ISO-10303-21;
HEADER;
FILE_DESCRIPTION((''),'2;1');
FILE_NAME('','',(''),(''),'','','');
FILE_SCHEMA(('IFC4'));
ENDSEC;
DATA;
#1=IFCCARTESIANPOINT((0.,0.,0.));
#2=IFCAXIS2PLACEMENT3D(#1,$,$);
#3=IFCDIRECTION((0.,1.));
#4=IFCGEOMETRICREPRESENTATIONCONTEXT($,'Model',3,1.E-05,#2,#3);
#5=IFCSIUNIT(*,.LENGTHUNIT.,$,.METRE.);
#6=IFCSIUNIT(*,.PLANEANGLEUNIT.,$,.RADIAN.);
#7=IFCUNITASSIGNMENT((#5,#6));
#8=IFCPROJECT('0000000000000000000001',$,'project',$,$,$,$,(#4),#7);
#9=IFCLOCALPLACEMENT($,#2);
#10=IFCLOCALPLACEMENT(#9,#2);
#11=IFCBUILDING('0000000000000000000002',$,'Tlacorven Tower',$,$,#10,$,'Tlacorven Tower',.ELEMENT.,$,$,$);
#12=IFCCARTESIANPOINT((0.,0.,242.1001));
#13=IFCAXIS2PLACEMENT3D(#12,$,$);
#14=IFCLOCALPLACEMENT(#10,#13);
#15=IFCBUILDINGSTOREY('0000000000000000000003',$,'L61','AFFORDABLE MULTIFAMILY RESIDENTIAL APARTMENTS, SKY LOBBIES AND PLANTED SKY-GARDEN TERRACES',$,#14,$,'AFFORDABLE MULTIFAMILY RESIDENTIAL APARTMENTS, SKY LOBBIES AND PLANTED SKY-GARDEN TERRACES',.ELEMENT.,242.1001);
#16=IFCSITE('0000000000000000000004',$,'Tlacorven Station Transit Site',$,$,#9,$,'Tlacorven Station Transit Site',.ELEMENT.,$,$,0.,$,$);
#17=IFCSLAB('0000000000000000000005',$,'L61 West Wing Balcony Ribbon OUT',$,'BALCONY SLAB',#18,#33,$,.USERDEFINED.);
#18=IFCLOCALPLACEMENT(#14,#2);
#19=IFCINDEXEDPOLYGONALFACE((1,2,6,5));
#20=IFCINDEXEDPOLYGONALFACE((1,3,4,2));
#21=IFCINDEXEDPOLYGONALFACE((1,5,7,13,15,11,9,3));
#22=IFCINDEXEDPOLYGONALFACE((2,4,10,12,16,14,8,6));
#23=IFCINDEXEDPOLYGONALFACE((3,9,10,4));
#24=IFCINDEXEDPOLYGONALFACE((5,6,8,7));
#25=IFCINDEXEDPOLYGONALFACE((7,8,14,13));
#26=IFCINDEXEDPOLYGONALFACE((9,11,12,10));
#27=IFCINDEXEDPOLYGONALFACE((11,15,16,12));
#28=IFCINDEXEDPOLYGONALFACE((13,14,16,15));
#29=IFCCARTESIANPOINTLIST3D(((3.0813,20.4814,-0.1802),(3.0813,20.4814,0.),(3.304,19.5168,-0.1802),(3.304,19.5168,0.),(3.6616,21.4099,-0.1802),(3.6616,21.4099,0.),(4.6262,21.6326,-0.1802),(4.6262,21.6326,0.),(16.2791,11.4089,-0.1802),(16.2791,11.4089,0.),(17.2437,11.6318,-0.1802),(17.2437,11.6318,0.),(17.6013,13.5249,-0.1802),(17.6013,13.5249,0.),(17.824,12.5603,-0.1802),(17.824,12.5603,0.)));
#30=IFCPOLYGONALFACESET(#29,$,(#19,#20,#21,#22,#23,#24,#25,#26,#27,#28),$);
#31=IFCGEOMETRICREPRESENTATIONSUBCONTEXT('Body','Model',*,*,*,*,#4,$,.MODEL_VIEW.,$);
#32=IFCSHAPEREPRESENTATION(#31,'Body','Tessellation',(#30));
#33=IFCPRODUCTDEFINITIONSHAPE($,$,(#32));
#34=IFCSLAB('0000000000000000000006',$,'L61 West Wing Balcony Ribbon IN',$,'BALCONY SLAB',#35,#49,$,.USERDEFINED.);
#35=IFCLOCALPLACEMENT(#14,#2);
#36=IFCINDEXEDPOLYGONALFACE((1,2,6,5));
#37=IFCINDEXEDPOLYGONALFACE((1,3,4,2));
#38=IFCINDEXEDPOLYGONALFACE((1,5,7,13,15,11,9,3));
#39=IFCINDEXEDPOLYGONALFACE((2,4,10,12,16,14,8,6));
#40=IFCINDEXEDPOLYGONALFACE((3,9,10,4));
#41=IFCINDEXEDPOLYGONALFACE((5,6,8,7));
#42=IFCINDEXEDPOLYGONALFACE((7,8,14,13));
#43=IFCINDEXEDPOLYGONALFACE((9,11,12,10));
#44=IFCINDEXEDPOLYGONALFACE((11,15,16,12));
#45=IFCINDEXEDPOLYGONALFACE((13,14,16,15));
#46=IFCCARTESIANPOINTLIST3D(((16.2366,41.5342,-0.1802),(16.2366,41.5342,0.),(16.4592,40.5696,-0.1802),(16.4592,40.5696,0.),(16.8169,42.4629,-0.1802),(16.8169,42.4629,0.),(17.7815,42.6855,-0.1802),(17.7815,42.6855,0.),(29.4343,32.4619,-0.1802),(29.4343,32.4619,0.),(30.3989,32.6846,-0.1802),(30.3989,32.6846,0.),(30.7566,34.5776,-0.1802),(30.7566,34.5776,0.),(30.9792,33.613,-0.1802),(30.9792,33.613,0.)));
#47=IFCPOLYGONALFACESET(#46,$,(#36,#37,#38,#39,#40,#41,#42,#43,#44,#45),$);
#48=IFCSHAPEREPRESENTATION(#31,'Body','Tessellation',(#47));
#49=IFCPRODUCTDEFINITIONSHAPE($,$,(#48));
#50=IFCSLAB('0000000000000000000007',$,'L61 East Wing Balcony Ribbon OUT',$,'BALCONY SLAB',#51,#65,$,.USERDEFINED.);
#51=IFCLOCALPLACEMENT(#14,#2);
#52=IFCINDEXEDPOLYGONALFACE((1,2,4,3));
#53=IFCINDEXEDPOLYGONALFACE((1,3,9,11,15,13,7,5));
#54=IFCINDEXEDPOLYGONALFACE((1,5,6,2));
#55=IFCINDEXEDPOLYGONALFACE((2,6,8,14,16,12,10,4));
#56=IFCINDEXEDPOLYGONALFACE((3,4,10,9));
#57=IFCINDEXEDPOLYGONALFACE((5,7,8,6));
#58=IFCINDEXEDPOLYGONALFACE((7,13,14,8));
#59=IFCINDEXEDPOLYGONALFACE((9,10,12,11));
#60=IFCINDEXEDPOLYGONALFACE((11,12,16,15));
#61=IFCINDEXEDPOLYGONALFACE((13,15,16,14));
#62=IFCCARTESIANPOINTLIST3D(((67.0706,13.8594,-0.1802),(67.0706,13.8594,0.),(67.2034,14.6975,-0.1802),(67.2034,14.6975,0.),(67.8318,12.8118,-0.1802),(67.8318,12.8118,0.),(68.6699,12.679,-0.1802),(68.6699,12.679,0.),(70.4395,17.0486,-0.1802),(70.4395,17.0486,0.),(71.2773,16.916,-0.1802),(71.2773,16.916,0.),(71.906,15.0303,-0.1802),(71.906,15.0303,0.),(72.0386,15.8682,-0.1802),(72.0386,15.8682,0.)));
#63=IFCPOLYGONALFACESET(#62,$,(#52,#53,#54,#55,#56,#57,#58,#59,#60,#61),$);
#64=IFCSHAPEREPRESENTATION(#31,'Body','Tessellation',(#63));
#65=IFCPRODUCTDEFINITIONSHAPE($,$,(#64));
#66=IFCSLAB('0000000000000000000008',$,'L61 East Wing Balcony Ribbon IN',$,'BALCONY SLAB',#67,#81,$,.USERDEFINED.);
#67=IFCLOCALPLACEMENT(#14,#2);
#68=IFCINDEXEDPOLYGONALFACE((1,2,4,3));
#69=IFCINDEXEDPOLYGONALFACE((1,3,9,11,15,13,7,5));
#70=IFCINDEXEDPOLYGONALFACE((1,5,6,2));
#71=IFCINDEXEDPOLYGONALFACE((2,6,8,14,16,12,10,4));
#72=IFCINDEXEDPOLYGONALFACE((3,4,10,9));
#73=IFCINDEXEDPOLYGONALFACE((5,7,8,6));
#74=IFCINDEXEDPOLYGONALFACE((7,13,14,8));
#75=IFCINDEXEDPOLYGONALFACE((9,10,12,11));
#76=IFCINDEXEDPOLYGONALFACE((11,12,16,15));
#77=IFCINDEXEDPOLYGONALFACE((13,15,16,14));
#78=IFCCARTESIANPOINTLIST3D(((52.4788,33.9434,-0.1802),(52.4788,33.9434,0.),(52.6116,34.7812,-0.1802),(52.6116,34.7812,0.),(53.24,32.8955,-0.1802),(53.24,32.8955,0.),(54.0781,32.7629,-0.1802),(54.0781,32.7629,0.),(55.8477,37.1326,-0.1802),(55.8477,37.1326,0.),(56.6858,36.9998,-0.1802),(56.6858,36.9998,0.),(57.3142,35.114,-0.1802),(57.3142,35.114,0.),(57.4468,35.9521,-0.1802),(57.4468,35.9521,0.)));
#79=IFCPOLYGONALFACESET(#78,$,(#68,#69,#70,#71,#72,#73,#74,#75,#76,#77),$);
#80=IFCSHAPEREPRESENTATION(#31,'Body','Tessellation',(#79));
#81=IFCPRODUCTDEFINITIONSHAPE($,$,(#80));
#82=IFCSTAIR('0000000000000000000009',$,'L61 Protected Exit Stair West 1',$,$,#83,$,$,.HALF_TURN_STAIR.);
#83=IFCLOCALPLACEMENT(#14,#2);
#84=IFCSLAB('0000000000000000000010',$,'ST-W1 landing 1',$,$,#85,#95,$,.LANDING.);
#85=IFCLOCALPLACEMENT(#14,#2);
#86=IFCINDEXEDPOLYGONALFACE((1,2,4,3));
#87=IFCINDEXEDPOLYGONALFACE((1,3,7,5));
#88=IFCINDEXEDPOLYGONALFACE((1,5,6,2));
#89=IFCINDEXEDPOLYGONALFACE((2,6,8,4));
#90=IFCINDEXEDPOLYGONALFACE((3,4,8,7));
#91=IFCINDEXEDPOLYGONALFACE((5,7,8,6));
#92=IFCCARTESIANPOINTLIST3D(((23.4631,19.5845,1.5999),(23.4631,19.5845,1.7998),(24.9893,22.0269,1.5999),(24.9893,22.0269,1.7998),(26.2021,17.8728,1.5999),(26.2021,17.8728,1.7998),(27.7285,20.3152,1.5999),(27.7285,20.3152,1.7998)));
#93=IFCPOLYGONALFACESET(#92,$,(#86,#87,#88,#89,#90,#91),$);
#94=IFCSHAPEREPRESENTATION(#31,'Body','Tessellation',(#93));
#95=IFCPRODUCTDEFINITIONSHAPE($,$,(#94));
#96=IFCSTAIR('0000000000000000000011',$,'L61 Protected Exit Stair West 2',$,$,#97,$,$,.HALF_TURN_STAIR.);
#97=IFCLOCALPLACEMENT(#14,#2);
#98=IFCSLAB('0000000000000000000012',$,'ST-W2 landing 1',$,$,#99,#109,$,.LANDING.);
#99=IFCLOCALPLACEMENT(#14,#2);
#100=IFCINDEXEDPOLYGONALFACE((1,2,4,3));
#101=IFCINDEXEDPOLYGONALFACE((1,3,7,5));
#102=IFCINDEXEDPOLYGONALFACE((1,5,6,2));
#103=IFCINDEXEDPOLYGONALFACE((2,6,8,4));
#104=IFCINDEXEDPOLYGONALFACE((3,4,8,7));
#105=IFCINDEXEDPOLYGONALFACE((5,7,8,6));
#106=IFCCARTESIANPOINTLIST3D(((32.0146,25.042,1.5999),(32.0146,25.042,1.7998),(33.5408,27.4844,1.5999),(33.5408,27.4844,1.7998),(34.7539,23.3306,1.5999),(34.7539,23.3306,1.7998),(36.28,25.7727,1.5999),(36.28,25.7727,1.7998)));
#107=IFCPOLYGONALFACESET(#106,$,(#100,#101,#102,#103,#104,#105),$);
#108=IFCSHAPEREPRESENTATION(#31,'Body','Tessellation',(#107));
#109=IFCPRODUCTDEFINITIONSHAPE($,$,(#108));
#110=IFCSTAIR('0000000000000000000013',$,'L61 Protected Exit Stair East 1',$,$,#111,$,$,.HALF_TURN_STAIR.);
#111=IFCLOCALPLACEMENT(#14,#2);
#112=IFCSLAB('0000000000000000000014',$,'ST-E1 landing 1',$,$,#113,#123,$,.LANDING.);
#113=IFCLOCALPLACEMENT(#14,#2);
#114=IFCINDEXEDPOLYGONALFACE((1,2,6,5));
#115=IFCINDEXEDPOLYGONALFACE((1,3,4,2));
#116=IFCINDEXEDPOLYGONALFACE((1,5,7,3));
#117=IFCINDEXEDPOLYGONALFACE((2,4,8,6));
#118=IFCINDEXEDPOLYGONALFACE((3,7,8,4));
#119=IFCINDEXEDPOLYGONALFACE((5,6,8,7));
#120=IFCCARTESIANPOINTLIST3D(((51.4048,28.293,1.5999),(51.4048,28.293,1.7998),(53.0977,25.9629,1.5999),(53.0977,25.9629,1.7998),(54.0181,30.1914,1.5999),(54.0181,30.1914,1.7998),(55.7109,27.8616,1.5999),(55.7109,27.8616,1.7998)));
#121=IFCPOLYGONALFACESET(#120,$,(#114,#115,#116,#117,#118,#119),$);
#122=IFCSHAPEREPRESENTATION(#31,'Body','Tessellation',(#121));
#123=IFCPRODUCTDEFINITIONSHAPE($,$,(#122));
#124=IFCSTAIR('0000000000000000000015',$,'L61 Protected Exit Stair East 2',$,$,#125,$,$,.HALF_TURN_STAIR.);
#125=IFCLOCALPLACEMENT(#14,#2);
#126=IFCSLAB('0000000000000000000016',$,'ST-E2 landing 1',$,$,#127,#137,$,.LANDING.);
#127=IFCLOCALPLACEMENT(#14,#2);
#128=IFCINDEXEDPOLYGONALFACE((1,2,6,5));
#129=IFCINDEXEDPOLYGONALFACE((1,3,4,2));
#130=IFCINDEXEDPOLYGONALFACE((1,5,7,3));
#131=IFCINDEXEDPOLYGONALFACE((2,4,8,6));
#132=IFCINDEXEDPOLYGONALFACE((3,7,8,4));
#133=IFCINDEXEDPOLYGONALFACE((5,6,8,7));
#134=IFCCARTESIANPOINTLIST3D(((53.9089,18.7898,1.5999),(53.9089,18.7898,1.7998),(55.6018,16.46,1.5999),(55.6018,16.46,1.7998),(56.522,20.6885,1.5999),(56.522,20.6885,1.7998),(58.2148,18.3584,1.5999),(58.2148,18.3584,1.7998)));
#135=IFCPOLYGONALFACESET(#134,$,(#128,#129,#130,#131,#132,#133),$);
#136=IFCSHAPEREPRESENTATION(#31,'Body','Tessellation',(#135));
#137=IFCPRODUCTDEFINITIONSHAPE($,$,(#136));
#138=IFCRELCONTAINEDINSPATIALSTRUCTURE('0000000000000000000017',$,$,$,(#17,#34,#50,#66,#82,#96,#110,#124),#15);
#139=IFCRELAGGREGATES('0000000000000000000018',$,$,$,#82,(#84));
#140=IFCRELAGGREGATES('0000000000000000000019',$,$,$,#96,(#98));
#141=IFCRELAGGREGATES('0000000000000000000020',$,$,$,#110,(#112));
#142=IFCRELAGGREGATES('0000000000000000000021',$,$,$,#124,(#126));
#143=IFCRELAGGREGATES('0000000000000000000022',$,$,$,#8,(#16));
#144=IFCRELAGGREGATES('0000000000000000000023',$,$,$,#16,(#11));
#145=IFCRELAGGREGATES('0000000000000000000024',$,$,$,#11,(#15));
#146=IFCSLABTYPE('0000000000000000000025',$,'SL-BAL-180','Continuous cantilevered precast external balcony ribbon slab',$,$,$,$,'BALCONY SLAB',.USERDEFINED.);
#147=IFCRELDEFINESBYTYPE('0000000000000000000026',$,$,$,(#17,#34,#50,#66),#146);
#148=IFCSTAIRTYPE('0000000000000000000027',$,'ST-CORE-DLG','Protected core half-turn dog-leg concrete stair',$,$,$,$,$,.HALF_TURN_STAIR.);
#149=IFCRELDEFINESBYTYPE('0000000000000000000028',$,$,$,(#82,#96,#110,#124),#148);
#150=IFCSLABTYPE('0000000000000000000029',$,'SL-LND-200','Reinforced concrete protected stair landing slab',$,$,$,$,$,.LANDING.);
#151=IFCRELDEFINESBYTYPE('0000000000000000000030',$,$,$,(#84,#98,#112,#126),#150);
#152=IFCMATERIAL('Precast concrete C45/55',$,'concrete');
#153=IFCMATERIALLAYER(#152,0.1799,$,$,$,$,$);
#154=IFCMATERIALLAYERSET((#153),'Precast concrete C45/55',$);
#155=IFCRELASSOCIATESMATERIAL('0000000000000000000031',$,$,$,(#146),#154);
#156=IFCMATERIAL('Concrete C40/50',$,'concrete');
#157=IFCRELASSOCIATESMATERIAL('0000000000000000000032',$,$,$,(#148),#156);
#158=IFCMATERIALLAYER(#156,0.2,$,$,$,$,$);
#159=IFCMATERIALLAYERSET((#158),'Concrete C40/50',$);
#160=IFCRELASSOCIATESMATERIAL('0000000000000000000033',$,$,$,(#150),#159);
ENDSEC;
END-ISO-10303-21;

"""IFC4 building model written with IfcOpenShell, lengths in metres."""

from ifc_helpers import new_model, si_unit, direction, frame, origin, place, context, subcontext, project, spatial, polyline, outline, extrude, material, layer, layer_set, type_object, element, aggregate, save


model = new_model("IFC4")

# Units and contexts
model_context = context("Model", 3, precision=1e-05, world=origin(), true_north=direction((0.0, 1.0)))
body_context = subcontext(model_context, "Body", "Model", "MODEL_VIEW")
ifc_project = project(units=[si_unit("LENGTHUNIT", "METRE"), si_unit("PLANEANGLEUNIT", "RADIAN")], contexts=[model_context])

# Site, building, storey
site_placement = place(None, origin())
site = spatial("IfcSite", under=ifc_project, at=site_placement, Name="Tlacorven Station Transit Site", LongName="Tlacorven Station Transit Site", CompositionType="ELEMENT", RefElevation=0.0)
building_placement = place(site_placement, origin())
building = spatial("IfcBuilding", under=site, at=building_placement, Name="Tlacorven Tower", LongName="Tlacorven Tower", CompositionType="ELEMENT")
storey_placement = place(building_placement, frame((0.0, 0.0, 242.1001)))
storey = spatial("IfcBuildingStorey", under=building, at=storey_placement, Name="L61", Description="AFFORDABLE MULTIFAMILY RESIDENTIAL APARTMENTS, SKY LOBBIES AND PLANTED SKY-GARDEN TERRACES", LongName="AFFORDABLE MULTIFAMILY RESIDENTIAL APARTMENTS, SKY LOBBIES AND PLANTED SKY-GARDEN TERRACES", CompositionType="ELEMENT", Elevation=242.1001)

# Slabs
ifc_material_1 = material(Name="Precast concrete C45/55", Category="concrete")
ifc_layer_1 = layer(ifc_material_1, 0.1799)
ifc_layer_set_1 = layer_set([ifc_layer_1], Name="Precast concrete C45/55")
slab_type_1 = type_object("IfcSlabType", Name="SL-BAL-180", Description="Continuous cantilevered precast external balcony ribbon slab", ElementType="BALCONY SLAB", PredefinedType="USERDEFINED", material=ifc_layer_set_1)
slab_1_placement = place(storey_placement, frame((0.0, 0.0, -0.1802)))
element("IfcSlab", 1, at=slab_1_placement, inside=storey, type_object=slab_type_1, Name="L61 West Wing Balcony Ribbon OUT", ObjectType="BALCONY SLAB", PredefinedType="USERDEFINED", context=body_context, shape_type="SweptSolid", body=[
    extrude(outline(polyline([(17.6013, 13.5249), (4.6262, 21.6326), (3.6616, 21.4099), (3.0813, 20.4814), (3.304, 19.5168), (16.2791, 11.4089), (17.2437, 11.6318), (17.824, 12.5603), (17.6013, 13.5249)])), origin(), (0.0, 0.0, 1.0), 0.1802),
])
slab_2_placement = place(storey_placement, frame((0.0, 0.0, -0.1802)))
element("IfcSlab", 2, at=slab_2_placement, inside=storey, type_object=slab_type_1, Name="L61 West Wing Balcony Ribbon IN", ObjectType="BALCONY SLAB", PredefinedType="USERDEFINED", context=body_context, shape_type="SweptSolid", body=[
    extrude(outline(polyline([(30.7566, 34.5776), (17.7815, 42.6855), (16.8169, 42.4629), (16.2366, 41.5342), (16.4592, 40.5696), (29.4343, 32.4619), (30.3989, 32.6846), (30.9792, 33.613), (30.7566, 34.5776)])), origin(), (0.0, 0.0, 1.0), 0.1802),
])
slab_3_placement = place(storey_placement, frame((0.0, 0.0, -0.1802)))
element("IfcSlab", 3, at=slab_3_placement, inside=storey, type_object=slab_type_1, Name="L61 East Wing Balcony Ribbon OUT", ObjectType="BALCONY SLAB", PredefinedType="USERDEFINED", context=body_context, shape_type="SweptSolid", body=[
    extrude(outline(polyline([(68.6699, 12.679), (71.906, 15.0303), (72.0386, 15.8682), (71.2773, 16.916), (70.4395, 17.0486), (67.2034, 14.6975), (67.0706, 13.8594), (67.8318, 12.8118), (68.6699, 12.679)])), origin(), (0.0, 0.0, 1.0), 0.1802),
])
slab_4_placement = place(storey_placement, frame((0.0, 0.0, -0.1802)))
element("IfcSlab", 4, at=slab_4_placement, inside=storey, type_object=slab_type_1, Name="L61 East Wing Balcony Ribbon IN", ObjectType="BALCONY SLAB", PredefinedType="USERDEFINED", context=body_context, shape_type="SweptSolid", body=[
    extrude(outline(polyline([(54.0781, 32.7629), (57.3142, 35.114), (57.4468, 35.9521), (56.6858, 36.9998), (55.8477, 37.1326), (52.6116, 34.7812), (52.4788, 33.9434), (53.24, 32.8955), (54.0781, 32.7629)])), origin(), (0.0, 0.0, 1.0), 0.1802),
])

# Stairs, slabs
ifc_material_2 = material(Name="Concrete C40/50", Category="concrete")
stair_type = type_object("IfcStairType", Name="ST-CORE-DLG", Description="Protected core half-turn dog-leg concrete stair", PredefinedType="HALF_TURN_STAIR", material=ifc_material_2)
stair_1_placement = place(storey_placement, origin())
stair_1 = element("IfcStair", 5, at=stair_1_placement, inside=storey, type_object=stair_type, Name="L61 Protected Exit Stair West 1", PredefinedType="HALF_TURN_STAIR")
ifc_layer_2 = layer(ifc_material_2, 0.2)
ifc_layer_set_2 = layer_set([ifc_layer_2], Name="Concrete C40/50")
slab_type_2 = type_object("IfcSlabType", Name="SL-LND-200", Description="Reinforced concrete protected stair landing slab", PredefinedType="LANDING", material=ifc_layer_set_2)
slab_5_placement = place(storey_placement, frame((0.0, 0.0, 1.5999)))
slab_5 = element("IfcSlab", 6, at=slab_5_placement, type_object=slab_type_2, Name="ST-W1 landing 1", PredefinedType="LANDING", context=body_context, shape_type="SweptSolid", body=[
    extrude(outline(polyline([(27.7285, 20.3152), (24.9893, 22.0269), (23.4631, 19.5845), (26.2021, 17.8728), (27.7285, 20.3152)])), origin(), (0.0, 0.0, 1.0), 0.2),
])
aggregate(stair_1, [slab_5])
stair_2_placement = place(storey_placement, origin())
stair_2 = element("IfcStair", 7, at=stair_2_placement, inside=storey, type_object=stair_type, Name="L61 Protected Exit Stair West 2", PredefinedType="HALF_TURN_STAIR")
slab_6_placement = place(storey_placement, frame((0.0, 0.0, 1.5999)))
slab_6 = element("IfcSlab", 8, at=slab_6_placement, type_object=slab_type_2, Name="ST-W2 landing 1", PredefinedType="LANDING", context=body_context, shape_type="SweptSolid", body=[
    extrude(outline(polyline([(36.28, 25.7727), (33.5408, 27.4844), (32.0146, 25.042), (34.7539, 23.3306), (36.28, 25.7727)])), origin(), (0.0, 0.0, 1.0), 0.2),
])
aggregate(stair_2, [slab_6])
stair_3_placement = place(storey_placement, origin())
stair_3 = element("IfcStair", 9, at=stair_3_placement, inside=storey, type_object=stair_type, Name="L61 Protected Exit Stair East 1", PredefinedType="HALF_TURN_STAIR")
slab_7_placement = place(storey_placement, frame((0.0, 0.0, 1.5999)))
slab_7 = element("IfcSlab", 10, at=slab_7_placement, type_object=slab_type_2, Name="ST-E1 landing 1", PredefinedType="LANDING", context=body_context, shape_type="SweptSolid", body=[
    extrude(outline(polyline([(53.0977, 25.9629), (55.7109, 27.8616), (54.0181, 30.1914), (51.4048, 28.293), (53.0977, 25.9629)])), origin(), (0.0, 0.0, 1.0), 0.2),
])
aggregate(stair_3, [slab_7])
stair_4_placement = place(storey_placement, origin())
stair_4 = element("IfcStair", 11, at=stair_4_placement, inside=storey, type_object=stair_type, Name="L61 Protected Exit Stair East 2", PredefinedType="HALF_TURN_STAIR")
slab_8_placement = place(storey_placement, frame((0.0, 0.0, 1.5999)))
slab_8 = element("IfcSlab", 12, at=slab_8_placement, type_object=slab_type_2, Name="ST-E2 landing 1", PredefinedType="LANDING", context=body_context, shape_type="SweptSolid", body=[
    extrude(outline(polyline([(55.6018, 16.46), (58.2148, 18.3584), (56.522, 20.6885), (53.9089, 18.7898), (55.6018, 16.46)])), origin(), (0.0, 0.0, 1.0), 0.2),
])
aggregate(stair_4, [slab_8])

save(model, "model.ifc")
